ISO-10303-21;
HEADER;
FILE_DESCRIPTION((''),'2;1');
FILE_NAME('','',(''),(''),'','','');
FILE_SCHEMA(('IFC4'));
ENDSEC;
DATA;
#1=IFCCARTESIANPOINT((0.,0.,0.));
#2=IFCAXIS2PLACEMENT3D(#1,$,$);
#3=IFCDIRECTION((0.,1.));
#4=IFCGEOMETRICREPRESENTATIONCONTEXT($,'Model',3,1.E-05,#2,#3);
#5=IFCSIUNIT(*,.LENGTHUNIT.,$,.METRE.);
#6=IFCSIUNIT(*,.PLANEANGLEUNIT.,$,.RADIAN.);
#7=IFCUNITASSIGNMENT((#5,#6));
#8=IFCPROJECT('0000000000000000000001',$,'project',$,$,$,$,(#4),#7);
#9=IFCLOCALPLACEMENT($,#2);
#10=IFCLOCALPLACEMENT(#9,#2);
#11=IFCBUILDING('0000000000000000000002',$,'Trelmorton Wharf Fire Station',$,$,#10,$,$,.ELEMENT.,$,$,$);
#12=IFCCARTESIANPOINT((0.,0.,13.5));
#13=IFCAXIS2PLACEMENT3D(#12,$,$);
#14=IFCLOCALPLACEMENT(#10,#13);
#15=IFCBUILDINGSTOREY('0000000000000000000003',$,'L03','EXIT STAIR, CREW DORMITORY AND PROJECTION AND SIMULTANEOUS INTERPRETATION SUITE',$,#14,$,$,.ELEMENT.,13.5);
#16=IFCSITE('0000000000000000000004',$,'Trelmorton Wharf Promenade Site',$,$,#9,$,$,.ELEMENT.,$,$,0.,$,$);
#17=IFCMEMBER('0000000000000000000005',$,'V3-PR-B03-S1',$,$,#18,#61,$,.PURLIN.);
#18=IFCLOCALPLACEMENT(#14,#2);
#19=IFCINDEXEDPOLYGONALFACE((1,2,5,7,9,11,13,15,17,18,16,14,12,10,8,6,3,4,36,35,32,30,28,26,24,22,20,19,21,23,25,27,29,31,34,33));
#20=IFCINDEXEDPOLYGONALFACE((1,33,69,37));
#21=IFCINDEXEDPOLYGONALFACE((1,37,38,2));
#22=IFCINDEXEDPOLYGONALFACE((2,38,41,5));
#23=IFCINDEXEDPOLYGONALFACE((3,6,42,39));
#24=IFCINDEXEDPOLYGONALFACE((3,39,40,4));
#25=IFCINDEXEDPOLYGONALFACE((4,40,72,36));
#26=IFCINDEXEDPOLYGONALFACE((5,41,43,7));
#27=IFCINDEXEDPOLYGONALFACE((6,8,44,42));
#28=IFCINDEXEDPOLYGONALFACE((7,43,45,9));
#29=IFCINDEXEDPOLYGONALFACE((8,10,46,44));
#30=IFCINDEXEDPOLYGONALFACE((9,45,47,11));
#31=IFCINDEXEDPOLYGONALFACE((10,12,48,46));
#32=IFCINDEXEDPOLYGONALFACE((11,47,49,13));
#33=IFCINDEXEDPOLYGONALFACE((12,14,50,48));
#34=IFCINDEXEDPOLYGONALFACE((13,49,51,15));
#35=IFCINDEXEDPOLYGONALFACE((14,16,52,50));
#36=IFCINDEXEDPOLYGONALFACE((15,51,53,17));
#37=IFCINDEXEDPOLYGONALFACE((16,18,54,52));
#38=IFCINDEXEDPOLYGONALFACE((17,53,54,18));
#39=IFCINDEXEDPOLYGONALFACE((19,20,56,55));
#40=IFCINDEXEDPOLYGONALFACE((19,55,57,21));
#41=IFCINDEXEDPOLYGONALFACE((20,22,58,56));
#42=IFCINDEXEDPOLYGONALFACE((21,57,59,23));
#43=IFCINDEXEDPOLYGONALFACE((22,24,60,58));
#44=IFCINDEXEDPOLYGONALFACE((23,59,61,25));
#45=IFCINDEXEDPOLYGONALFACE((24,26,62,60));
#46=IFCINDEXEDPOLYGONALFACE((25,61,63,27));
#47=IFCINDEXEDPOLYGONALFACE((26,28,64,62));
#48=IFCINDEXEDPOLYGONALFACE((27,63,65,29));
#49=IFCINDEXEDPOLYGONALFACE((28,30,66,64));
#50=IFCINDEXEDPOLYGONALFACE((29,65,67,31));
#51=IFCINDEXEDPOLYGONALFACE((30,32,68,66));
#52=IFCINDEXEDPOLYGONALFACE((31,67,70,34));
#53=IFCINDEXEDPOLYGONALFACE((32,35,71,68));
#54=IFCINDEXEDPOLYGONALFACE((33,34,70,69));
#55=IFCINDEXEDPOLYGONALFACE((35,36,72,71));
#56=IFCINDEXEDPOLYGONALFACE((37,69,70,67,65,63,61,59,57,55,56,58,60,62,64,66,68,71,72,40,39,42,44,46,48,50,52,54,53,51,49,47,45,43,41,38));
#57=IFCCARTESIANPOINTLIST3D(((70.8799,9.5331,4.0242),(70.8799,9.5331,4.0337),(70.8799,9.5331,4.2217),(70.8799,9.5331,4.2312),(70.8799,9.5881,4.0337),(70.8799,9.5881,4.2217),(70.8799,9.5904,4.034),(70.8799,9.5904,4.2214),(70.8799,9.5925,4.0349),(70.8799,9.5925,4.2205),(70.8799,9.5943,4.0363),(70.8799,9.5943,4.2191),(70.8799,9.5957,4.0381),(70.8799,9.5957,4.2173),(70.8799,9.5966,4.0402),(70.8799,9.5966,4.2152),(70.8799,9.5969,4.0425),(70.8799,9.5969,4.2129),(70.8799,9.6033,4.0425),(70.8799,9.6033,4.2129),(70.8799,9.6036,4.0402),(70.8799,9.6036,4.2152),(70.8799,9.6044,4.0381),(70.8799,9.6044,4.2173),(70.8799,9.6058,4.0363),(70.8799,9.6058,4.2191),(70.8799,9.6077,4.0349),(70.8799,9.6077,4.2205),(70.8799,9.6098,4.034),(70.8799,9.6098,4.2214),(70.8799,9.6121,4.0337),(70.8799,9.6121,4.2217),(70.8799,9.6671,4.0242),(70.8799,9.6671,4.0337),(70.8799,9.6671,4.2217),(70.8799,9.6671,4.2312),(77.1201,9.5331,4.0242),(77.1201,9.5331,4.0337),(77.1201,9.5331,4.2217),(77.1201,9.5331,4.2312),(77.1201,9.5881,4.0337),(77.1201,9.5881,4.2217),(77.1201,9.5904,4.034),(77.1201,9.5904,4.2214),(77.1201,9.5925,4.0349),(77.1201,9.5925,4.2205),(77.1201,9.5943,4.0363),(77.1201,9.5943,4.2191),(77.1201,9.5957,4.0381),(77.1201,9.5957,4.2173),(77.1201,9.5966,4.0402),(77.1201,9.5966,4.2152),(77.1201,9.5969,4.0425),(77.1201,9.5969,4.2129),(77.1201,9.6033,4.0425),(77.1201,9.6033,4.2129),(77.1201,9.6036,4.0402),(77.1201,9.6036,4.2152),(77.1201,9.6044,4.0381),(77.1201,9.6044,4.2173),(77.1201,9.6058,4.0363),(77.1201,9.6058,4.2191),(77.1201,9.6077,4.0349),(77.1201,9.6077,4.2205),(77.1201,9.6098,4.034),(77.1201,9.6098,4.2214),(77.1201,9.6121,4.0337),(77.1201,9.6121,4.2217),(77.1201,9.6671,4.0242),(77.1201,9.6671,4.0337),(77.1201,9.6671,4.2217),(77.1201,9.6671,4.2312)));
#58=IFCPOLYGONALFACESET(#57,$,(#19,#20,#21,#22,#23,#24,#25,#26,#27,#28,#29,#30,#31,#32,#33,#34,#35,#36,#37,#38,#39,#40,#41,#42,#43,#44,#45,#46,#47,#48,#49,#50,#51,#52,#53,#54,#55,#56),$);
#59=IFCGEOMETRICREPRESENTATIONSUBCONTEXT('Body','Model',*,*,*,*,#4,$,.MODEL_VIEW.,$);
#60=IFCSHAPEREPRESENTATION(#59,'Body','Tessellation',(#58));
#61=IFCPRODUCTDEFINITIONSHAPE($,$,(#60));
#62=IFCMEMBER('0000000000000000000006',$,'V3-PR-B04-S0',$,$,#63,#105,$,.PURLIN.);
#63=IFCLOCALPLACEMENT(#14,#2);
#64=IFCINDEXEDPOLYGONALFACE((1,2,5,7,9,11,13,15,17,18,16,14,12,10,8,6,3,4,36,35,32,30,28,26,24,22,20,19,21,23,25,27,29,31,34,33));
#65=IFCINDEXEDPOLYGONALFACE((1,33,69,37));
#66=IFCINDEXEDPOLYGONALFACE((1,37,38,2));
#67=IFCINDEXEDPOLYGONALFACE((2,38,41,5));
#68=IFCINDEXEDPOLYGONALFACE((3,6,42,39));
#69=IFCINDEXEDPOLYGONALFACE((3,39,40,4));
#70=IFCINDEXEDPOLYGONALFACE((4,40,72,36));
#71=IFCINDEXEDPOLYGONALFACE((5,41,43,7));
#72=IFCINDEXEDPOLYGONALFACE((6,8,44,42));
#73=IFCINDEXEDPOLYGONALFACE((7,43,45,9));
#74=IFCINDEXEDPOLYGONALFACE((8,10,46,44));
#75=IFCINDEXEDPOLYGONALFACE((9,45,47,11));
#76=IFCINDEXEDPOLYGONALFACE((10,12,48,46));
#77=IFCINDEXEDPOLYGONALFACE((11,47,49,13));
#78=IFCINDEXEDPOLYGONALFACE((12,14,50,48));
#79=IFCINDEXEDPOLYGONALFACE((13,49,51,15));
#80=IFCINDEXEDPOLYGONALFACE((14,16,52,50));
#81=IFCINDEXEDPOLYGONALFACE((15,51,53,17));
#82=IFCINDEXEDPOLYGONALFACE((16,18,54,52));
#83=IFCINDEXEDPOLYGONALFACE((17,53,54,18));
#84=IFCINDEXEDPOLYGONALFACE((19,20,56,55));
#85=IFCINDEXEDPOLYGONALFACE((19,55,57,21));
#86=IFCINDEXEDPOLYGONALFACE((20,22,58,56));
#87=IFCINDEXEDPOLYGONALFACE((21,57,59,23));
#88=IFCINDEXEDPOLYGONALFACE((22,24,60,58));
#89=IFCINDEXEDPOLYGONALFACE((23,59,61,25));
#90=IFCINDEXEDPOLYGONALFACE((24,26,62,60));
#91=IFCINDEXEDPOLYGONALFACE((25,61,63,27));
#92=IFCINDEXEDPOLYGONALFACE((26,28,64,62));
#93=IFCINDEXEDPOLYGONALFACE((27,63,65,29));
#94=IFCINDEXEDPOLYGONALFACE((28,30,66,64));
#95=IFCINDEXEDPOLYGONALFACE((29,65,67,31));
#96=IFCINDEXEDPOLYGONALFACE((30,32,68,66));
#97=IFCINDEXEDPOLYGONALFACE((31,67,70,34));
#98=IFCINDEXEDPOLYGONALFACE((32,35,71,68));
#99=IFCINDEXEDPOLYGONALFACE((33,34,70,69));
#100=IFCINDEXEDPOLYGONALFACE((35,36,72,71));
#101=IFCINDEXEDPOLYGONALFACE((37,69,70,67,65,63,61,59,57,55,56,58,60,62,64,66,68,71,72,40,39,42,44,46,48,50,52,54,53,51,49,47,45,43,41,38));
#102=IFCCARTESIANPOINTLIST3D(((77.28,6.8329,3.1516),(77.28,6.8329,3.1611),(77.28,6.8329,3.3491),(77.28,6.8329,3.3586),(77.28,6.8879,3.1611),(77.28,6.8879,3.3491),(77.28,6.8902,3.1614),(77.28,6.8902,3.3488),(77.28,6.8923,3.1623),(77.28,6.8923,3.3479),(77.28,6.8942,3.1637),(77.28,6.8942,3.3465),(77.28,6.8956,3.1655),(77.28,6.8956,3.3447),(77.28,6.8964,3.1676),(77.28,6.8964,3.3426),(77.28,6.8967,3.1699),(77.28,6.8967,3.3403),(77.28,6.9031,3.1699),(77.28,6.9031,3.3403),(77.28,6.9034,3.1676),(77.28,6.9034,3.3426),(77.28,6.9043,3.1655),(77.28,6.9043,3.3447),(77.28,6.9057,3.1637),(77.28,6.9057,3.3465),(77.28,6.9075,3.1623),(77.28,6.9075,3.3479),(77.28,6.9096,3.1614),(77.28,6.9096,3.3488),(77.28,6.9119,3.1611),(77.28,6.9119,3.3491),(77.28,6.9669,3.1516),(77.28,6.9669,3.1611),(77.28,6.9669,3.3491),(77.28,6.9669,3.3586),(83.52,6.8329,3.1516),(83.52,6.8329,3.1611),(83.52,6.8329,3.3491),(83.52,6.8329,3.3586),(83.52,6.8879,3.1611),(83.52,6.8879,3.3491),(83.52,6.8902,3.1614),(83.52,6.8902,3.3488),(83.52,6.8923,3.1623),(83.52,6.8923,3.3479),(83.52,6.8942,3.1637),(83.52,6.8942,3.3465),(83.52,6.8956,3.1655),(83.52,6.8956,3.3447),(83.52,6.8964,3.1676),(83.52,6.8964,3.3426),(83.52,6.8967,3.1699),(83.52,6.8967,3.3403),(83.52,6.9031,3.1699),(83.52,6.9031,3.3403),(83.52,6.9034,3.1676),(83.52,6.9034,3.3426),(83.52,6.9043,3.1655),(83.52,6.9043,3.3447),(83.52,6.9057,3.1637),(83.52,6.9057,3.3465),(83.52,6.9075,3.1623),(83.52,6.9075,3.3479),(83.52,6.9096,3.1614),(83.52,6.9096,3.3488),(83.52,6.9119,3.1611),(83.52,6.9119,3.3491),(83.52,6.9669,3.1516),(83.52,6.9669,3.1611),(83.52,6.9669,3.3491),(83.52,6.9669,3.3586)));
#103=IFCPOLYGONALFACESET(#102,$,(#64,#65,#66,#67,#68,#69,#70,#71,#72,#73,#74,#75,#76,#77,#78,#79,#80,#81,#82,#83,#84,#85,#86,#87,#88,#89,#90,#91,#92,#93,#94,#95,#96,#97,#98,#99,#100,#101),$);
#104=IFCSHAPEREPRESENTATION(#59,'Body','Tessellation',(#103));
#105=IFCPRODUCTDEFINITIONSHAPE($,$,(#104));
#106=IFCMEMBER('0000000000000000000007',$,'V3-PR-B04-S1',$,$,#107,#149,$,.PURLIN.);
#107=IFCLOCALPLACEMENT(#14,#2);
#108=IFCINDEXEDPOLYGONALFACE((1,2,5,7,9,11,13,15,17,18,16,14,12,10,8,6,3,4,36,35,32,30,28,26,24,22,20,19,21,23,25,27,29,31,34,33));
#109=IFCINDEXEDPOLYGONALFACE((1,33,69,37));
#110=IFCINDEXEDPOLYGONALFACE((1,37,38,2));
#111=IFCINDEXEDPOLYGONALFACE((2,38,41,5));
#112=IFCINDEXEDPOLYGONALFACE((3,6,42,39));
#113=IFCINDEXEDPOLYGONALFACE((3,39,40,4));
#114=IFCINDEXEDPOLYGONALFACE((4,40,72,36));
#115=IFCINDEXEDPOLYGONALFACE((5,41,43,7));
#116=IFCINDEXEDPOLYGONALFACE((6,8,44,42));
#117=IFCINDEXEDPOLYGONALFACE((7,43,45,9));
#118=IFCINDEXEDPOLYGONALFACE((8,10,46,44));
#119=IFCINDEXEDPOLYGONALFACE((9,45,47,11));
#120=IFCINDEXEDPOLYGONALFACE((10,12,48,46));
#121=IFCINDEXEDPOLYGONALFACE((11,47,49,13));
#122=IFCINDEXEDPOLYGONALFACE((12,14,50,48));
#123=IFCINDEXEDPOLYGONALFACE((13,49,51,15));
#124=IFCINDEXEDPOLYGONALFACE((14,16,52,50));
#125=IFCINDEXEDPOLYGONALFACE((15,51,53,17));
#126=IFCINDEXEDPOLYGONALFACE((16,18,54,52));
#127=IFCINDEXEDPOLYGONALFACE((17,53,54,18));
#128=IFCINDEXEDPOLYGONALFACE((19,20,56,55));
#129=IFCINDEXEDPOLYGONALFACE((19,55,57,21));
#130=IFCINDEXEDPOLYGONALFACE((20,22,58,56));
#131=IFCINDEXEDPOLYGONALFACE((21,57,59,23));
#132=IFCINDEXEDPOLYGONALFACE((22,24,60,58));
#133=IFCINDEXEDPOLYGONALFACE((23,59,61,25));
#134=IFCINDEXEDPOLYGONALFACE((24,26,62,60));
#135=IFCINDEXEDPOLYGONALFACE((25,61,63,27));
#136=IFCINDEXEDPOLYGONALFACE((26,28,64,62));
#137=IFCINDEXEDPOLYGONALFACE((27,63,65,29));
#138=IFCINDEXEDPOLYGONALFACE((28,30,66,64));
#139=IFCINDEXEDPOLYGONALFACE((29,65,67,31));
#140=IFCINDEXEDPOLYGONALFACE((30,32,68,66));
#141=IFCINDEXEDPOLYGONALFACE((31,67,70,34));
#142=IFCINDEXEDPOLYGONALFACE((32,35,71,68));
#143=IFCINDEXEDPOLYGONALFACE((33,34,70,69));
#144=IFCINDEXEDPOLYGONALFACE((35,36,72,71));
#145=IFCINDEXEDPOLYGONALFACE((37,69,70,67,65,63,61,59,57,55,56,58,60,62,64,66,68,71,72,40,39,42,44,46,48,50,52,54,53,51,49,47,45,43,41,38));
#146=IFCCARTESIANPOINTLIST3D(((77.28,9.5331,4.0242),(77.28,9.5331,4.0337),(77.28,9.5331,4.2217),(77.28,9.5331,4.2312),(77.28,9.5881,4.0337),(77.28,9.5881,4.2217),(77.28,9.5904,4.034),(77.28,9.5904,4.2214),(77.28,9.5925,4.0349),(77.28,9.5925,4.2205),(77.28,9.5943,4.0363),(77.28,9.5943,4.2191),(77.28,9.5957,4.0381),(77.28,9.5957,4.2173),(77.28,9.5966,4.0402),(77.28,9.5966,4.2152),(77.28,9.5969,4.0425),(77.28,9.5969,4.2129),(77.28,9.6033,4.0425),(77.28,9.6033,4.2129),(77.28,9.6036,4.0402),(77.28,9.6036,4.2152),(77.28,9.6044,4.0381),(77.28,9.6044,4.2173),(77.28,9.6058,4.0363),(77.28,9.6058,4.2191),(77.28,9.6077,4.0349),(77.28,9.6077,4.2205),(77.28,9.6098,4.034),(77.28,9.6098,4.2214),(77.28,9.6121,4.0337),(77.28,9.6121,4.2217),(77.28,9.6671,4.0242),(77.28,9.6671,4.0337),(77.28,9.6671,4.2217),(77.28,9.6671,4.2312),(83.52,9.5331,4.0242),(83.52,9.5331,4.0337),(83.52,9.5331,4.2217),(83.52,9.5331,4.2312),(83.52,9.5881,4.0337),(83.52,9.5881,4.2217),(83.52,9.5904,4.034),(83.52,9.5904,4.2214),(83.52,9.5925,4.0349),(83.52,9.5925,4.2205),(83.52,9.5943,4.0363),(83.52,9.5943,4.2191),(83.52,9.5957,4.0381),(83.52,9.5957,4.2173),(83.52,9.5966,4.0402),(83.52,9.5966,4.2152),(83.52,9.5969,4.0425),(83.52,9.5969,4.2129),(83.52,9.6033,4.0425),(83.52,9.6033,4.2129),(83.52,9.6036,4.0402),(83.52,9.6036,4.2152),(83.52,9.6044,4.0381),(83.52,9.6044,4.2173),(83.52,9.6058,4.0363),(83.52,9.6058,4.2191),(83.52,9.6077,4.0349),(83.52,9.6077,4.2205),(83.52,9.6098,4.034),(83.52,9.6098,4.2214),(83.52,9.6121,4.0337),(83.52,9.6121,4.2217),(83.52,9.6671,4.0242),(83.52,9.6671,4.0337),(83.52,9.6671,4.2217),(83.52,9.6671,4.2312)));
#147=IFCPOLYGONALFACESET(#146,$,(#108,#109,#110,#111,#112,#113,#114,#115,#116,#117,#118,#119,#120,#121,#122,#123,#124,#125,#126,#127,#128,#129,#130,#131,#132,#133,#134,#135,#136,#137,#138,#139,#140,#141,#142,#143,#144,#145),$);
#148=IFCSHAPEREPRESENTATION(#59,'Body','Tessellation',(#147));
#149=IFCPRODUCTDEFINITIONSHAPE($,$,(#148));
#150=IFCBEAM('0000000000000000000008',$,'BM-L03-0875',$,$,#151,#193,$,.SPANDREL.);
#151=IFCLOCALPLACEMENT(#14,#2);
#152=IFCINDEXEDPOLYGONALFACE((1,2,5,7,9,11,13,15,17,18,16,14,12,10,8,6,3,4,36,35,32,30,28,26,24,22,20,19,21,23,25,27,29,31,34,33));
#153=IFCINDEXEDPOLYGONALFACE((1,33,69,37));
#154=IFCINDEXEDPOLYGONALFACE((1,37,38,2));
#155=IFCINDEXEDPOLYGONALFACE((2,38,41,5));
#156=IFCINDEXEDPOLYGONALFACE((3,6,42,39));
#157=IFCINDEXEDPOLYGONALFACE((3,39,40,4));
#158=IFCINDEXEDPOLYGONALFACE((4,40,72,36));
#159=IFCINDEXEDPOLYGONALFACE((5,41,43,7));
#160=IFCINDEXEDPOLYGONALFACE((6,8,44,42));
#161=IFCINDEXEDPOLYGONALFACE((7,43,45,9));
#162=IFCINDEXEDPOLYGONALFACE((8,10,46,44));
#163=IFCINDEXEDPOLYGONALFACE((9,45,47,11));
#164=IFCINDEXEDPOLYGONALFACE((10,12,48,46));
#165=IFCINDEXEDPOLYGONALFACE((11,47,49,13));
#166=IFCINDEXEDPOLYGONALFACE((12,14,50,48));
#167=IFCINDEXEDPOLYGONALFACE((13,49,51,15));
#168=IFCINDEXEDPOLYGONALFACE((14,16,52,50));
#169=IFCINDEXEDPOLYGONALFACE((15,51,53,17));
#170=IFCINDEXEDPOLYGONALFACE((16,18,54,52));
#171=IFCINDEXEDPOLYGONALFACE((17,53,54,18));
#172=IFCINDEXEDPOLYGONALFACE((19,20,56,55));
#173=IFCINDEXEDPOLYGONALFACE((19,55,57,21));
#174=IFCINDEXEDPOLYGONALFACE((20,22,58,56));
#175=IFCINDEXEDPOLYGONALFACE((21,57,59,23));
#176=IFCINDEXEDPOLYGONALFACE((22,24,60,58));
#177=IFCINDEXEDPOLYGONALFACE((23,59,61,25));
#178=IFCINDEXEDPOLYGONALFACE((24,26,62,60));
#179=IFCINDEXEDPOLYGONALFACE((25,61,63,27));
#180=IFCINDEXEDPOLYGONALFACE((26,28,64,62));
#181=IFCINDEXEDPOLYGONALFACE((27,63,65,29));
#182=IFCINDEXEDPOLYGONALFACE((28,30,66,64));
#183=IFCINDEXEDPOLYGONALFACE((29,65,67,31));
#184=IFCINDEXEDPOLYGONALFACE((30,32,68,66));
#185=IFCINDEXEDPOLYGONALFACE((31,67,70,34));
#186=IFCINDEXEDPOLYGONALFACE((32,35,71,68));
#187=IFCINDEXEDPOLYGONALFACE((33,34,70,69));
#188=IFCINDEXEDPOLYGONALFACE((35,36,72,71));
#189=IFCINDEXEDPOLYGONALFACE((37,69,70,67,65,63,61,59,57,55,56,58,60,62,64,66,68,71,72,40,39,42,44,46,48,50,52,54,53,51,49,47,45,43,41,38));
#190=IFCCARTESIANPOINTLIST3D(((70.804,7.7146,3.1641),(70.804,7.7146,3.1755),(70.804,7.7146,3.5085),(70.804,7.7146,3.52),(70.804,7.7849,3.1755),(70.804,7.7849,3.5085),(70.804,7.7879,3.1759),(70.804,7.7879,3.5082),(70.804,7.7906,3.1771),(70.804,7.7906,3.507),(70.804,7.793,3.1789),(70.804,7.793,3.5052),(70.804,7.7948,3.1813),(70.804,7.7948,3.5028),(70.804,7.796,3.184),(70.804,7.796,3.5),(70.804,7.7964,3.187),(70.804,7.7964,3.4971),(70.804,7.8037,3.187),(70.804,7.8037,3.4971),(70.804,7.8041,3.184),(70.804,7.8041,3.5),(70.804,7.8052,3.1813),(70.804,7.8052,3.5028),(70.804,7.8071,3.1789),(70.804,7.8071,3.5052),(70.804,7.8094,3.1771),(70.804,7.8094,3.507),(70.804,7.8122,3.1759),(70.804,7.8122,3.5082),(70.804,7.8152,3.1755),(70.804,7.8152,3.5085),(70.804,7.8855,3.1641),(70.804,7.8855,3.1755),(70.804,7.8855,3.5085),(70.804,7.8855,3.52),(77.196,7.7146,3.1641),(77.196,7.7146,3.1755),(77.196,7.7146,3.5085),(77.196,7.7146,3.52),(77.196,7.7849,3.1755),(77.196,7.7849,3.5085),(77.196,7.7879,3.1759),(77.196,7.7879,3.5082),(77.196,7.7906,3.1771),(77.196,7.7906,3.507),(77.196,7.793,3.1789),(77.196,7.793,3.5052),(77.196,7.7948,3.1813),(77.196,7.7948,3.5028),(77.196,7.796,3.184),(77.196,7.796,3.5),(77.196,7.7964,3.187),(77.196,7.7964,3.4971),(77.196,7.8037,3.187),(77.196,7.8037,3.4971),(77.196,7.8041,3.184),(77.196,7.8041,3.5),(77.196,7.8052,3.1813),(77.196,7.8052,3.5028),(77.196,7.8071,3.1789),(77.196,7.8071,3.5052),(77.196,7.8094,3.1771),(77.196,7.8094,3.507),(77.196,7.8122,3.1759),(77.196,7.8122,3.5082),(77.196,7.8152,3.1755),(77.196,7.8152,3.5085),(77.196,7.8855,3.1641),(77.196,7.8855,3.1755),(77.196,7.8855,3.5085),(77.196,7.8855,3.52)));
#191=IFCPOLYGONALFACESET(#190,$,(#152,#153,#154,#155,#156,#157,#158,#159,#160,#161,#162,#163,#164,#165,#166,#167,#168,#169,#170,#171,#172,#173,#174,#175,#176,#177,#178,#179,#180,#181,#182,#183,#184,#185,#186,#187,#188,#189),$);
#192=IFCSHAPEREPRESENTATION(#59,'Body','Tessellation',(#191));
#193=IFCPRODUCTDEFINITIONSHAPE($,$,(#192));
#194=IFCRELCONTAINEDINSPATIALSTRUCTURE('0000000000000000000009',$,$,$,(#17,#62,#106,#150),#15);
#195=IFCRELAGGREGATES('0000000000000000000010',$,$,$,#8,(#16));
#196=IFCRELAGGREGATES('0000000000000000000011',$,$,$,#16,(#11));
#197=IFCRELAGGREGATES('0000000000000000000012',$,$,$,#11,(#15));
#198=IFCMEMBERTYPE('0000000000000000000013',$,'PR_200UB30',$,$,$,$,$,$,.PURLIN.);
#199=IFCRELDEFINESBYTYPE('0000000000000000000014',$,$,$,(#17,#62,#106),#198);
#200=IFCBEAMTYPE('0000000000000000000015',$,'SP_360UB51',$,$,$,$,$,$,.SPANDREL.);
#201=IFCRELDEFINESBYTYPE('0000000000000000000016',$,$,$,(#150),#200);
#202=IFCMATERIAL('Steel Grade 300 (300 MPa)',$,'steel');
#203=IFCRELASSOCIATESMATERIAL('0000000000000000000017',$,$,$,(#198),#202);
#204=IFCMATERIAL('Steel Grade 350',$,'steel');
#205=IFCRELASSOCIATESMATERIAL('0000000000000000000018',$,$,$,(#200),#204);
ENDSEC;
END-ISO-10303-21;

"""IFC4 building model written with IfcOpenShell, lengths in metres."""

from ifc_helpers import new_model, si_unit, direction, frame, origin, origin_2d, place, context, subcontext, project, spatial, i_section, extrude, material, material_profile, profile_set, type_object, element, save


model = new_model("IFC4")

# Units and contexts
model_context = context("Model", 3, precision=1e-05, world=origin(), true_north=direction((0.0, 1.0)))
body_context = subcontext(model_context, "Body", "Model", "MODEL_VIEW")
ifc_project = project(units=[si_unit("LENGTHUNIT", "METRE"), si_unit("PLANEANGLEUNIT", "RADIAN")], contexts=[model_context])

# Site, building, storey
site_placement = place(None, origin())
site = spatial("IfcSite", under=ifc_project, at=site_placement, Name="Trelmorton Wharf Promenade Site", CompositionType="ELEMENT", RefElevation=0.0)
building_placement = place(site_placement, origin())
building = spatial("IfcBuilding", under=site, at=building_placement, Name="Trelmorton Wharf Fire Station", CompositionType="ELEMENT")
storey_placement = place(building_placement, frame((0.0, 0.0, 13.5)))
storey = spatial("IfcBuildingStorey", under=building, at=storey_placement, Name="L03", Description="EXIT STAIR, CREW DORMITORY AND PROJECTION AND SIMULTANEOUS INTERPRETATION SUITE", CompositionType="ELEMENT", Elevation=13.5)

# Shared definitions
ifc_material_1 = material(Name="Steel Grade 350", Category="steel")

# Members
ifc_material_2 = material(Name="Steel Grade 300 (300 MPa)", Category="steel")
ifc_material_profile_1 = material_profile(ifc_material_2, i_section(OverallWidth=0.134, OverallDepth=0.207, WebThickness=0.0063, FlangeThickness=0.0095, FilletRadius=0.0088, at=origin_2d()), Name="200UB29.8")
ifc_profile_set_1 = profile_set([ifc_material_profile_1], Name="Steel Grade 300 (300 MPa)")
member_type_1 = type_object("IfcMemberType", Name="PR_200UB30", PredefinedType="PURLIN", material=ifc_profile_set_1)
for number, where, z_axis, x_axis, name in (
    (1, (70.8799, 9.6001, 4.1277), (1.0, 0.0, 0.0), (0.0, 1.0, 0.0), "V3-PR-B03-S1"),
):
    element("IfcMember", number, at=place(storey_placement, frame(where, z_axis=z_axis, x_axis=x_axis)), inside=storey, type_object=member_type_1, Name=name, PredefinedType="PURLIN", context=body_context, shape_type="SweptSolid", body=[
        extrude(i_section(OverallWidth=0.134, OverallDepth=0.207, WebThickness=0.0063, FlangeThickness=0.0095, FilletRadius=0.0088, at=origin_2d()), origin(), (0.0, 0.0, 1.0), 6.2402),
    ])
for number, where, z_axis, x_axis, name in (
    (2, (77.28, 6.8999, 3.2551), (1.0, 0.0, 0.0), (0.0, 1.0, 0.0), "V3-PR-B04-S0"),
    (3, (77.28, 9.6001, 4.1277), (1.0, 0.0, 0.0), (0.0, 1.0, 0.0), "V3-PR-B04-S1"),
):
    element("IfcMember", number, at=place(storey_placement, frame(where, z_axis=z_axis, x_axis=x_axis)), inside=storey, type_object=member_type_1, Name=name, PredefinedType="PURLIN", context=body_context, shape_type="SweptSolid", body=[
        extrude(i_section(OverallWidth=0.134, OverallDepth=0.207, WebThickness=0.0063, FlangeThickness=0.0095, FilletRadius=0.0088, at=origin_2d()), origin(), (0.0, 0.0, 1.0), 6.24),
    ])

# Beam
ifc_material_profile_2 = material_profile(ifc_material_1, i_section(OverallWidth=0.1709, OverallDepth=0.356, WebThickness=0.0073, FlangeThickness=0.0115, FilletRadius=0.0115, at=origin_2d()), Name="360UB50.7")
ifc_profile_set_2 = profile_set([ifc_material_profile_2], Name="Steel Grade 350")
beam_type = type_object("IfcBeamType", Name="SP_360UB51", PredefinedType="SPANDREL", material=ifc_profile_set_2)
beam_1_placement = place(storey_placement, frame((70.804, 7.8, 3.342), z_axis=(1.0, 0.0, 0.0), x_axis=(0.0, 1.0, 0.0)))
element("IfcBeam", 4, at=beam_1_placement, inside=storey, type_object=beam_type, Name="BM-L03-0875", PredefinedType="SPANDREL", context=body_context, shape_type="SweptSolid", body=[
    extrude(i_section(OverallWidth=0.1709, OverallDepth=0.356, WebThickness=0.0073, FlangeThickness=0.0115, FilletRadius=0.0115, at=origin_2d()), origin(), (0.0, 0.0, 1.0), 6.3921),
])

save(model, "model.ifc")
